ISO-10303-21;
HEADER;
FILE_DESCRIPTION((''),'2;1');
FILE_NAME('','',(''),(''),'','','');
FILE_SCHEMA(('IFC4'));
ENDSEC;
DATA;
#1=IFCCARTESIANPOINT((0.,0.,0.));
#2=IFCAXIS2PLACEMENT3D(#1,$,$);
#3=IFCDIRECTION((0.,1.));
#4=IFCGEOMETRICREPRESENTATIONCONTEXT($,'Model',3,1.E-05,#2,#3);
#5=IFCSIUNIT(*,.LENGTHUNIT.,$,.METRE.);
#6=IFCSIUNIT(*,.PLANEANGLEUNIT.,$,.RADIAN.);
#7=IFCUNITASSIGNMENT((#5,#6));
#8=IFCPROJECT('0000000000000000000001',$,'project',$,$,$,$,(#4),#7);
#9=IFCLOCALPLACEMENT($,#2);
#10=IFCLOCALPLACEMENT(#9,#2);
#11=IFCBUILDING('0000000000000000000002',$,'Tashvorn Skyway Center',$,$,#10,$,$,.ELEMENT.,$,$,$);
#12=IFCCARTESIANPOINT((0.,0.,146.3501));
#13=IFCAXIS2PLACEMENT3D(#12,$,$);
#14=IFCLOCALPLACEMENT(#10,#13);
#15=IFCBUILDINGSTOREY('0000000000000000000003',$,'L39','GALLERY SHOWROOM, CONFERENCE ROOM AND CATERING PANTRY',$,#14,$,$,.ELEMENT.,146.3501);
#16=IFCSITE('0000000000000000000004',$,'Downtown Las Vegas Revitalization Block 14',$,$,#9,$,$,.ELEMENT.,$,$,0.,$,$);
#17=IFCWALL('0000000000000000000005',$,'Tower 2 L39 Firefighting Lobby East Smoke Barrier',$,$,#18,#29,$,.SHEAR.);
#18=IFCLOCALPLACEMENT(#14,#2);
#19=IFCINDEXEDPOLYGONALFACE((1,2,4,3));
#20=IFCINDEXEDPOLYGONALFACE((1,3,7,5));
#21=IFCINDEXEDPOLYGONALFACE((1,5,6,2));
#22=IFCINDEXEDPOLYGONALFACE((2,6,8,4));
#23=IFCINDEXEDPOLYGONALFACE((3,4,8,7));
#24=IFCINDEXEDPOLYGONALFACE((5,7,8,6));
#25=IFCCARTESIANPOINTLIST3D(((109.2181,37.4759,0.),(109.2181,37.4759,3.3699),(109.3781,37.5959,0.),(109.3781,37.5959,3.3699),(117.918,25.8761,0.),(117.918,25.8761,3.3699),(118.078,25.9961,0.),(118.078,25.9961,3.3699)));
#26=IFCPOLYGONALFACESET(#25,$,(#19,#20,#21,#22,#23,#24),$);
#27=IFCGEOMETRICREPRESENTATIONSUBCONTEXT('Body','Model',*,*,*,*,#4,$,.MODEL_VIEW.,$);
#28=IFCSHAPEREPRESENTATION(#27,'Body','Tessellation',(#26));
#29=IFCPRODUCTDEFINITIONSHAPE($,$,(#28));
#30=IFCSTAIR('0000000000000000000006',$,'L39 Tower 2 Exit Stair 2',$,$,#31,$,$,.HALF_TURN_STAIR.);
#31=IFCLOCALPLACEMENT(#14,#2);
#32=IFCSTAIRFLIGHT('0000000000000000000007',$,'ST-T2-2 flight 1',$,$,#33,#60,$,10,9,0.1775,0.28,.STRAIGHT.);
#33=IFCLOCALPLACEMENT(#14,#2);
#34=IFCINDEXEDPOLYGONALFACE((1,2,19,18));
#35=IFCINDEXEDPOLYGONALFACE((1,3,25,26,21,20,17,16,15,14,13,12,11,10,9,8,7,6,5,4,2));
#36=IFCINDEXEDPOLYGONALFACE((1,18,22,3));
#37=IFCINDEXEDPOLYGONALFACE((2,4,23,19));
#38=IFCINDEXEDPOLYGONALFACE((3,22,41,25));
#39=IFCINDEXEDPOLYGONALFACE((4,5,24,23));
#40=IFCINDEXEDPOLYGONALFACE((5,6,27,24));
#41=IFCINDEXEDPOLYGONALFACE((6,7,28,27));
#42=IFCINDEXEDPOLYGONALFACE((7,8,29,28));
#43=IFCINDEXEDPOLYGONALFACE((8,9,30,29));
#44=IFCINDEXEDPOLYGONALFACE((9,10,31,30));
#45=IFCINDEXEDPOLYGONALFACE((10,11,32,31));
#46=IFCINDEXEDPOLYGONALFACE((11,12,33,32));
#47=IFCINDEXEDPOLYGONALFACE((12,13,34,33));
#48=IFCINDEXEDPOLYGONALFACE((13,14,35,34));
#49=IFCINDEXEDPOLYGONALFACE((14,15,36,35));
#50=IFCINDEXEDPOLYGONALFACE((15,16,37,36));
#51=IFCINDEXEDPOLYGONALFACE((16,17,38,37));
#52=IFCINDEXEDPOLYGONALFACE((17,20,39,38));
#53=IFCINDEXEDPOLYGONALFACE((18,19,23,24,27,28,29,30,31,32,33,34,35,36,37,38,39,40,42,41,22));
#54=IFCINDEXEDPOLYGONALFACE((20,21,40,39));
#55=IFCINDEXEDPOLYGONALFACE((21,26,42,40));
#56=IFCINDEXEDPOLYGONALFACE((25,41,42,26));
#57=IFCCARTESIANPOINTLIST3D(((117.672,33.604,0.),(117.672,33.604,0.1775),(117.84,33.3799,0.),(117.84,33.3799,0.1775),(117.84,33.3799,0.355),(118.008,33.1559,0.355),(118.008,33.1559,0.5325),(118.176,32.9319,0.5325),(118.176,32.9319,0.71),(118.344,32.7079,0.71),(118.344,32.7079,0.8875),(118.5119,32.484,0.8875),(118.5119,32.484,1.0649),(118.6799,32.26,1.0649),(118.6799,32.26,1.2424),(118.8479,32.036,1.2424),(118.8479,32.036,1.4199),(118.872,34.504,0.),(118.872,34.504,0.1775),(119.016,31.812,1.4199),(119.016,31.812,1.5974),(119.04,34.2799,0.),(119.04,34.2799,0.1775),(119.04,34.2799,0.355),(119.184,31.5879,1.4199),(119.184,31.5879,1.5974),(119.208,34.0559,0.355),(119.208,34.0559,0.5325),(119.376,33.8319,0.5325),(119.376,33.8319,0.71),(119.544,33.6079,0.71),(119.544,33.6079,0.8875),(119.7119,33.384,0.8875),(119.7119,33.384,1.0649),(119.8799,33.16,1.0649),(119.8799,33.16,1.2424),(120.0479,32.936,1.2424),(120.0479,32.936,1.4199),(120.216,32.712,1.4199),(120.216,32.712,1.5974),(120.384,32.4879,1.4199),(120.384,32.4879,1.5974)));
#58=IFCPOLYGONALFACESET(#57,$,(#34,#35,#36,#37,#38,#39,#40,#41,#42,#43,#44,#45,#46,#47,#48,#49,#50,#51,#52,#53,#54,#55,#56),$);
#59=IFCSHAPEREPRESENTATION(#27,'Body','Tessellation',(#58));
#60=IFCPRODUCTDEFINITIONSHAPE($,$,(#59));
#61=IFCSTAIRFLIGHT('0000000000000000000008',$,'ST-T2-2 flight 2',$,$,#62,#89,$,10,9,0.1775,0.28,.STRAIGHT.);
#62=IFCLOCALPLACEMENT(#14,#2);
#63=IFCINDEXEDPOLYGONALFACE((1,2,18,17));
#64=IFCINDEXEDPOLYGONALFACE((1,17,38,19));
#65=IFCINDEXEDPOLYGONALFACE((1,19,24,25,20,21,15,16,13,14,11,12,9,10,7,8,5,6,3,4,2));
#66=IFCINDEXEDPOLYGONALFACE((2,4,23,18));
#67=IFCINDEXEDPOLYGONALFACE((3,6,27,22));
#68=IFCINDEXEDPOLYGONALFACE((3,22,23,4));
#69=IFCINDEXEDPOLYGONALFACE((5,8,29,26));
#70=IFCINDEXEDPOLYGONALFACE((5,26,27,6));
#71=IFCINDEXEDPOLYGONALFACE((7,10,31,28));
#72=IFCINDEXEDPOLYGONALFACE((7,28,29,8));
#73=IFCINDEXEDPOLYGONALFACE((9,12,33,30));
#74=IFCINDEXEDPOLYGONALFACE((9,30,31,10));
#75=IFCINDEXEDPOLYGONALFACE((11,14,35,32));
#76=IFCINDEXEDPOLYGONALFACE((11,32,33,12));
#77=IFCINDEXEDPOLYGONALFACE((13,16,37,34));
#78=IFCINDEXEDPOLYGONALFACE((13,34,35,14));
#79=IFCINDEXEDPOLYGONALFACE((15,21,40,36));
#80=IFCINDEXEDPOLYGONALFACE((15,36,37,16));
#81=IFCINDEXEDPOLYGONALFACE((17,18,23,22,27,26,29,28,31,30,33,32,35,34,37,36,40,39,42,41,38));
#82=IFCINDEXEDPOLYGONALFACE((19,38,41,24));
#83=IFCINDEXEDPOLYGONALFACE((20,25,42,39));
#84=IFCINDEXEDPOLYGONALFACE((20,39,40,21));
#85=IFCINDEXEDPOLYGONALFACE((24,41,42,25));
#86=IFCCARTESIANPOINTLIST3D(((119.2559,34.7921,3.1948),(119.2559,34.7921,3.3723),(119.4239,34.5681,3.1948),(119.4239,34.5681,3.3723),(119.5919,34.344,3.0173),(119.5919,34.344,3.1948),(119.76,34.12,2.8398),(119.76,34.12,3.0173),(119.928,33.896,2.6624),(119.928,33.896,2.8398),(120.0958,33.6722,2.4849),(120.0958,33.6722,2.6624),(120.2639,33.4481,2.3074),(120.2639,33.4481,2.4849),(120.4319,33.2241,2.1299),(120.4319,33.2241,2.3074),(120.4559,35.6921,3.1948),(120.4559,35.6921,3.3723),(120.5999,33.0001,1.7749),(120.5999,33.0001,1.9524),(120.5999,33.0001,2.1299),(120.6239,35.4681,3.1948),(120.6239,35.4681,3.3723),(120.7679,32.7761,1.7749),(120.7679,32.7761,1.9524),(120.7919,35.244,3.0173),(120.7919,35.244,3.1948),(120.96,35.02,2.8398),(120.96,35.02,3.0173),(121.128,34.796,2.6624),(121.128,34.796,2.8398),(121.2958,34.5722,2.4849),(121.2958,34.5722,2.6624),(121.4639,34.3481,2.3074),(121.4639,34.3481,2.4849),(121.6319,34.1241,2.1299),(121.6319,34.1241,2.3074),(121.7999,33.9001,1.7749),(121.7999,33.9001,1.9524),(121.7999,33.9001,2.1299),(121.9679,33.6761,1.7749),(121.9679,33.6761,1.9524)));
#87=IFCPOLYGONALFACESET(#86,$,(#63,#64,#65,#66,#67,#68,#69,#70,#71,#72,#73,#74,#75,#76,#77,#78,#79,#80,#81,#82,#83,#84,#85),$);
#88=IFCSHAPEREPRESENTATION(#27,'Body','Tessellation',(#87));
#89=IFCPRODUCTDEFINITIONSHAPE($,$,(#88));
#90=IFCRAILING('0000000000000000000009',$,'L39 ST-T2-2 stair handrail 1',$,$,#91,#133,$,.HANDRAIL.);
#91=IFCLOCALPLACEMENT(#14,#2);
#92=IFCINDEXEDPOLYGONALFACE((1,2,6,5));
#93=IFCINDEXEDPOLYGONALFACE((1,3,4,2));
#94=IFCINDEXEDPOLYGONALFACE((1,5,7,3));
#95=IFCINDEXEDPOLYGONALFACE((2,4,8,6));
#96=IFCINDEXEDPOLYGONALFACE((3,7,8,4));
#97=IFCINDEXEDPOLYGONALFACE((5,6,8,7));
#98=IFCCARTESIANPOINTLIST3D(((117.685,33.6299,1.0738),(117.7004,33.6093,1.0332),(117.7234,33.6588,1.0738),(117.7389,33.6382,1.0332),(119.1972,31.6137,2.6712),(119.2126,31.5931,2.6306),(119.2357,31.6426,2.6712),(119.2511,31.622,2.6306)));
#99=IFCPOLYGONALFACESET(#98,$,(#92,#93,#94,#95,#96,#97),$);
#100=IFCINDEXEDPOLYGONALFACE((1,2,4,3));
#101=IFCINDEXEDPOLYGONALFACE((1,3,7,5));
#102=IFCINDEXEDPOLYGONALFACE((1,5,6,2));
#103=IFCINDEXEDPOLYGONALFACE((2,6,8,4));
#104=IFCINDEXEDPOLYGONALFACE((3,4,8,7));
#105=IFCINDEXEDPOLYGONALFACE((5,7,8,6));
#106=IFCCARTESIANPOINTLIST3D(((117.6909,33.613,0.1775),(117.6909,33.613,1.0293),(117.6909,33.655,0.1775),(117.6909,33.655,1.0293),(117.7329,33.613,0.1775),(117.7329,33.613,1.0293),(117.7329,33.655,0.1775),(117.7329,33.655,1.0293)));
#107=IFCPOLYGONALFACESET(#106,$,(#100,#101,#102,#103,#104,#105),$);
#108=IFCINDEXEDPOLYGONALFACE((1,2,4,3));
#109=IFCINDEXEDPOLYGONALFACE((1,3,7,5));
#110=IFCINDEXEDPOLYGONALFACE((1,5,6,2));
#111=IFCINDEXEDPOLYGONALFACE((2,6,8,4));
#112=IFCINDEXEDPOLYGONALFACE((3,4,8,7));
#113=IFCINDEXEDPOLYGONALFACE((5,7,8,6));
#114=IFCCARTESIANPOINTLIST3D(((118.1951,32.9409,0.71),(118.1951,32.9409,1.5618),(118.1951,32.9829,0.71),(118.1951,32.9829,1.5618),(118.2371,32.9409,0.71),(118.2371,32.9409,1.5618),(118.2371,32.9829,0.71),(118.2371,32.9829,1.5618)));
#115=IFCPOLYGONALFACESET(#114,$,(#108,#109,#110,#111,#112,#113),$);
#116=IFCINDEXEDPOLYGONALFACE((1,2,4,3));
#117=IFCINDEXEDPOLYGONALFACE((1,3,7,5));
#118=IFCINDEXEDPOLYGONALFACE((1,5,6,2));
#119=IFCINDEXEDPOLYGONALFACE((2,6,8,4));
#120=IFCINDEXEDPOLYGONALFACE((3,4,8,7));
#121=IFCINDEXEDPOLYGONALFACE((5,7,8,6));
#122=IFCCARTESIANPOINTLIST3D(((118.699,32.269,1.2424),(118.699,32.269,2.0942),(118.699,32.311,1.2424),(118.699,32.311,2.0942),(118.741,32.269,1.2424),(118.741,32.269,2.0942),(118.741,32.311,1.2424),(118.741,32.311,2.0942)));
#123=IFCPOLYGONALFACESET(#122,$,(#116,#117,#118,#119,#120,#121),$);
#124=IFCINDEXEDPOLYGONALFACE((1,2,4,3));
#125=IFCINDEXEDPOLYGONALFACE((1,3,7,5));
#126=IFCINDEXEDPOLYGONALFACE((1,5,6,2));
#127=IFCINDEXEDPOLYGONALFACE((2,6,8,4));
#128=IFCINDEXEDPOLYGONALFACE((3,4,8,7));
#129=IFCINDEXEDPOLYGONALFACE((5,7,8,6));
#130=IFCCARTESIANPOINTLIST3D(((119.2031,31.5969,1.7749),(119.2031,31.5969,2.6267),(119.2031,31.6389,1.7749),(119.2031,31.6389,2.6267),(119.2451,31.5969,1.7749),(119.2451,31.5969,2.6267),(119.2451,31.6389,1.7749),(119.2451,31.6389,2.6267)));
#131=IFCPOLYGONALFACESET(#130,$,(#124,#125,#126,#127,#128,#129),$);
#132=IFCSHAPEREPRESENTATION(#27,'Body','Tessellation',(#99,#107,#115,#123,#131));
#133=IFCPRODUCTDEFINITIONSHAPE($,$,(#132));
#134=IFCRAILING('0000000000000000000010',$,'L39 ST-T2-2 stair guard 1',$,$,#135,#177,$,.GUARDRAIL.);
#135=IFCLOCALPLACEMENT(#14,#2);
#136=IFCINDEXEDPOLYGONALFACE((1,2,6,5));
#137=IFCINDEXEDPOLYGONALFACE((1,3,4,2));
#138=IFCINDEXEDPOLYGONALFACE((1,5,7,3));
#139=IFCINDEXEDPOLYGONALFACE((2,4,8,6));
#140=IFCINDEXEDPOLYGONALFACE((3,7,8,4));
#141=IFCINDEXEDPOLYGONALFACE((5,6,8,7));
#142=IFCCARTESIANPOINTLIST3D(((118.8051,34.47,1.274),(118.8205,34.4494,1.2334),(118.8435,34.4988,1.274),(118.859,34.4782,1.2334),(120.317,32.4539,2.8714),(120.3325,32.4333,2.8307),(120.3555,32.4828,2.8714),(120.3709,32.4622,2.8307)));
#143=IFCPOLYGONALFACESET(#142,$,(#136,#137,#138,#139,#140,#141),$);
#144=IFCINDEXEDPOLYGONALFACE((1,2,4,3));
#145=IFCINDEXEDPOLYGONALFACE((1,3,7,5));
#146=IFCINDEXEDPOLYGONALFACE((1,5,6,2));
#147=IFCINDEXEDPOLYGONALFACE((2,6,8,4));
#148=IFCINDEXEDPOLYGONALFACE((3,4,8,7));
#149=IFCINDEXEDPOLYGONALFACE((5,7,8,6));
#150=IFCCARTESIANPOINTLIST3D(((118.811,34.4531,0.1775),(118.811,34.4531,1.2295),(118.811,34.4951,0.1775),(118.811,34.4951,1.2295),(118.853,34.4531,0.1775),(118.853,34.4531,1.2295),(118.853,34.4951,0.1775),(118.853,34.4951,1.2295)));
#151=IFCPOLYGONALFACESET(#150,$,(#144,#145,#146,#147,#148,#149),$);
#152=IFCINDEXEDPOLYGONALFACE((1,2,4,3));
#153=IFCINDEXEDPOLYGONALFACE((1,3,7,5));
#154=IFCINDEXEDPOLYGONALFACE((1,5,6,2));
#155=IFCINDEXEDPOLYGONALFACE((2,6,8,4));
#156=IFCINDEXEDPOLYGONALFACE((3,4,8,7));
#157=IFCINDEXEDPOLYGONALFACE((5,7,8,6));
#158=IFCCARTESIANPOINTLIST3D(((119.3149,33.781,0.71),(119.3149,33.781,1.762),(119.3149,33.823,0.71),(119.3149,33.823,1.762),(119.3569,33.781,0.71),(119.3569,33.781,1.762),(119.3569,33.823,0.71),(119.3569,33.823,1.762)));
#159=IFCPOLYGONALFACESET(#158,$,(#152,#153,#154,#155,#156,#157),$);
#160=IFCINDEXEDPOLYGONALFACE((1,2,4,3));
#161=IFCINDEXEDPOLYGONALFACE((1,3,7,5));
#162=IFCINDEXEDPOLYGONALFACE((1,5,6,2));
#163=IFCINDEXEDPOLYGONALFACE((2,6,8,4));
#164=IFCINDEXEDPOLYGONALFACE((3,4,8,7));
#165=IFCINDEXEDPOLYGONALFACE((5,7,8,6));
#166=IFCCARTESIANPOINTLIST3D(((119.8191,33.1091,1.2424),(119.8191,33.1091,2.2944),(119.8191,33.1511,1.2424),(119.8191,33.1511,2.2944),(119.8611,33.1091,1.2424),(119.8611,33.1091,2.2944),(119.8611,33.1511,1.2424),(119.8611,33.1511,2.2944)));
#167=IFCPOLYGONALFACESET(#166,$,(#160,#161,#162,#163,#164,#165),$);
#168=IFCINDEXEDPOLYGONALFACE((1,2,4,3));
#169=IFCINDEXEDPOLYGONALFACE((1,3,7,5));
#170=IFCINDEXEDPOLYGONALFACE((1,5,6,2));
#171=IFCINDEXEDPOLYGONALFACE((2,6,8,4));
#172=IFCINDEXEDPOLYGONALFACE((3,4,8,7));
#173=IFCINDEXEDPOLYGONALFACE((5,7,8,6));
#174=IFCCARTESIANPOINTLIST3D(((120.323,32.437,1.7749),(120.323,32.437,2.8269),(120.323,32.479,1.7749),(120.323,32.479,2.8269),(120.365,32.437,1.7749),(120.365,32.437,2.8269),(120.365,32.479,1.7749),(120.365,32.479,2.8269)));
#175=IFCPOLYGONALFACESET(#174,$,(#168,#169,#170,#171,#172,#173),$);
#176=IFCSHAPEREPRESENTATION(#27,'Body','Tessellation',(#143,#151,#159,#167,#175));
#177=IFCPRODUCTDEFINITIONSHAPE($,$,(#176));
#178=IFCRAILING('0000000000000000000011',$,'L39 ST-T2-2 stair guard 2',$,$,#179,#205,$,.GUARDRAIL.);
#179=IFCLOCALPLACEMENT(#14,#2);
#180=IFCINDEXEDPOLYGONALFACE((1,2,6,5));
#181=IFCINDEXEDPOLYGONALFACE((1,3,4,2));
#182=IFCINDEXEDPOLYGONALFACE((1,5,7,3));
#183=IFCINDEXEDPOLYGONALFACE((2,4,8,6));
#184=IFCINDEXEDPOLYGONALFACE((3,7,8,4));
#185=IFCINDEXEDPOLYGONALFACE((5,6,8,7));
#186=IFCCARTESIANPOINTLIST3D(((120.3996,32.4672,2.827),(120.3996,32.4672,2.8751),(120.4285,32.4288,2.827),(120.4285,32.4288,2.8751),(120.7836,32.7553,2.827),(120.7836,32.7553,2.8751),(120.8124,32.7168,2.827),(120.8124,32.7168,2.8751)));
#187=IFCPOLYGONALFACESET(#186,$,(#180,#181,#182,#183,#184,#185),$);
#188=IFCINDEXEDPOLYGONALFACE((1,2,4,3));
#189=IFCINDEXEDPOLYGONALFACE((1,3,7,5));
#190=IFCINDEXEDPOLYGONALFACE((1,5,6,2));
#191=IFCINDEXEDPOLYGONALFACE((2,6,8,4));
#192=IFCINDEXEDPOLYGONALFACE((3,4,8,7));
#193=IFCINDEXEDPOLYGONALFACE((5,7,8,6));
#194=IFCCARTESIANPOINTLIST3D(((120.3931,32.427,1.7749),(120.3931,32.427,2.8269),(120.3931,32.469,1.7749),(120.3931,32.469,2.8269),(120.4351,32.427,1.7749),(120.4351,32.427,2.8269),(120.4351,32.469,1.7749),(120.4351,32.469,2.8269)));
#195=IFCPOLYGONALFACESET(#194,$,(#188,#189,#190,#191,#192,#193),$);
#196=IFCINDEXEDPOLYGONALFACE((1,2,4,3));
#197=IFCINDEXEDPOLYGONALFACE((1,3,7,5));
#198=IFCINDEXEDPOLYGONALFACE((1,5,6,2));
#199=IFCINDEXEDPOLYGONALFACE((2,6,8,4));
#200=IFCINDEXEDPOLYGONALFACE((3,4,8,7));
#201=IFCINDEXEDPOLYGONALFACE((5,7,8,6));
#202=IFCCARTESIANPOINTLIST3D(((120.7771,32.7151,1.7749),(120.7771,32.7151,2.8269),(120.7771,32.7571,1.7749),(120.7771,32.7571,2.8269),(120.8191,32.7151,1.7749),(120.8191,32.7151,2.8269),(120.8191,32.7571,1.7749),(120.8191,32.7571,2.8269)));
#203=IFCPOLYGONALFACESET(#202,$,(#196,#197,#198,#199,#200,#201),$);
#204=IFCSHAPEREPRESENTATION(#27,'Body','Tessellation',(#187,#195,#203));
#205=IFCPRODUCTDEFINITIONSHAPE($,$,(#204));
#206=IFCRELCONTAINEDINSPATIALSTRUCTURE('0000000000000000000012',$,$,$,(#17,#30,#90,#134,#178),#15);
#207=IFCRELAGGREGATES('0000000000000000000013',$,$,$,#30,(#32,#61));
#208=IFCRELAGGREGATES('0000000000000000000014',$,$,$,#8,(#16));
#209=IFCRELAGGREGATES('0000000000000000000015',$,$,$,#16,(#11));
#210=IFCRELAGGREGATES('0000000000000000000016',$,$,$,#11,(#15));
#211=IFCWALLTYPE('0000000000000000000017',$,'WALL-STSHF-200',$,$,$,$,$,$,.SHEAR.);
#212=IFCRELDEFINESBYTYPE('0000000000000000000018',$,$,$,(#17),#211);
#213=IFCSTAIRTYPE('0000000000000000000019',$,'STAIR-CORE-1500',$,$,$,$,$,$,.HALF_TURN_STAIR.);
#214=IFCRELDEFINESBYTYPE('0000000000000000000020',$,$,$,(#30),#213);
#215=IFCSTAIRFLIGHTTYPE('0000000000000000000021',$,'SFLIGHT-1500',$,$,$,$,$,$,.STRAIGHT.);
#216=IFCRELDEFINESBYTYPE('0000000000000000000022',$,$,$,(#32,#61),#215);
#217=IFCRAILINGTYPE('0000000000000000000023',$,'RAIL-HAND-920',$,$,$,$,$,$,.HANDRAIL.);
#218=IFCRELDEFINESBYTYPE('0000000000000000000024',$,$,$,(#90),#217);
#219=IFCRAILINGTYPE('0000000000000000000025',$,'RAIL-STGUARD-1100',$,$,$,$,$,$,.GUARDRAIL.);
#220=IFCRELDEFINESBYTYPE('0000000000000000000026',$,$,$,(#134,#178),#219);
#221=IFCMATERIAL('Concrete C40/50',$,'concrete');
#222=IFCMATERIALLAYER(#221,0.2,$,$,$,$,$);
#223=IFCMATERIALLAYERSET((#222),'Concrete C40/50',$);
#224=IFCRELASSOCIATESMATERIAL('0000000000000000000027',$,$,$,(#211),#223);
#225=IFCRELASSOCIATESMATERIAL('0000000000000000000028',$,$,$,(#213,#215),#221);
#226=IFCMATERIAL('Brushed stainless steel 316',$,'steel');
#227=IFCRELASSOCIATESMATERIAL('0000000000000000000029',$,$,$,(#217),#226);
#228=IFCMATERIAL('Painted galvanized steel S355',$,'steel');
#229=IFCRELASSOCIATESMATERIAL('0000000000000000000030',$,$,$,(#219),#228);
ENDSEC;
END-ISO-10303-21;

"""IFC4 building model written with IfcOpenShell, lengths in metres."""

from ifc_helpers import new_model, si_unit, direction, frame, frame_2d, origin, origin_2d, place, context, subcontext, project, spatial, polyline, rectangle, outline, extrude, material, layer, layer_set, type_object, element, aggregate, save


model = new_model("IFC4")

# Units and contexts
model_context = context("Model", 3, precision=1e-05, world=origin(), true_north=direction((0.0, 1.0)))
body_context = subcontext(model_context, "Body", "Model", "MODEL_VIEW")
ifc_project = project(units=[si_unit("LENGTHUNIT", "METRE"), si_unit("PLANEANGLEUNIT", "RADIAN")], contexts=[model_context])

# Site, building, storey
site_placement = place(None, origin())
site = spatial("IfcSite", under=ifc_project, at=site_placement, Name="Downtown Las Vegas Revitalization Block 14", CompositionType="ELEMENT", RefElevation=0.0)
building_placement = place(site_placement, origin())
building = spatial("IfcBuilding", under=site, at=building_placement, Name="Tashvorn Skyway Center", CompositionType="ELEMENT")
storey_placement = place(building_placement, frame((0.0, 0.0, 146.3501)))
storey = spatial("IfcBuildingStorey", under=building, at=storey_placement, Name="L39", Description="GALLERY SHOWROOM, CONFERENCE ROOM AND CATERING PANTRY", CompositionType="ELEMENT", Elevation=146.3501)

# Shared definitions
ifc_material_1 = material(Name="Concrete C40/50", Category="concrete")

# Wall
ifc_layer_1 = layer(ifc_material_1, 0.2)
ifc_layer_set_1 = layer_set([ifc_layer_1], Name="Concrete C40/50")
wall_type_1 = type_object("IfcWallType", Name="WALL-STSHF-200", PredefinedType="SHEAR", material=ifc_layer_set_1)
wall_1_placement = place(storey_placement, frame((117.998, 25.936, 0.0), z_axis=(0.0, 0.0, 1.0), x_axis=(-0.600003, 0.799998, 0.0)))
element("IfcWall", 1, at=wall_1_placement, inside=storey, type_object=wall_type_1, Name="Tower 2 L39 Firefighting Lobby East Smoke Barrier", PredefinedType="SHEAR", context=body_context, shape_type="SweptSolid", body=[
    extrude(rectangle(XDim=14.4998, YDim=0.2, at=frame_2d((7.25, 0.0))), origin(), (0.0, 0.0, 1.0), 3.3699),
])

# Stair, stair flights
stair_type = type_object("IfcStairType", Name="STAIR-CORE-1500", PredefinedType="HALF_TURN_STAIR", material=ifc_material_1)
stair_placement = place(storey_placement, origin())
stair = element("IfcStair", 2, at=stair_placement, inside=storey, type_object=stair_type, Name="L39 Tower 2 Exit Stair 2", PredefinedType="HALF_TURN_STAIR")
stair_flight_type = type_object("IfcStairFlightType", Name="SFLIGHT-1500", PredefinedType="STRAIGHT", material=ifc_material_1)
stair_flight_1_placement = place(storey_placement, frame((118.272, 34.054, 0.0), z_axis=(0.0, 0.0, 1.0), x_axis=(0.6, -0.8, 0.0)))
stair_flight_1 = element("IfcStairFlight", 3, at=stair_flight_1_placement, type_object=stair_flight_type, Name="ST-T2-2 flight 1", NumberOfRisers=10, NumberOfTreads=9, PredefinedType="STRAIGHT", RiserHeight=0.1775, TreadLength=0.28, context=body_context, shape_type="SweptSolid", body=[
    extrude(outline(polyline([(0.0, 0.0), (0.0, 0.1775), (0.28, 0.1775), (0.28, 0.355), (0.5601, 0.355), (0.5601, 0.5325), (0.8401, 0.5325), (0.8401, 0.71), (1.1201, 0.71), (1.1201, 0.8875), (1.3999, 0.8875), (1.3999, 1.0649), (1.6799, 1.0649), (1.6799, 1.2424), (1.96, 1.2424), (1.96, 1.4199), (2.24, 1.4199), (2.24, 1.5974), (2.52, 1.5974), (2.52, 1.7749), (2.52, 1.4199), (0.28, 0.0), (0.0, 0.0)])), frame((0.0, 0.75, 0.0), z_axis=(0.0, -1.0, 0.0), x_axis=(1.0, 0.0, 0.0)), (0.0, 0.0, 1.0), 1.5),
])
stair_flight_2_placement = place(storey_placement, frame((121.3679, 33.2261, 1.7749), z_axis=(0.0, 0.0, 1.0), x_axis=(-0.6, 0.8, 0.0)))
stair_flight_2 = element("IfcStairFlight", 4, at=stair_flight_2_placement, type_object=stair_flight_type, Name="ST-T2-2 flight 2", NumberOfRisers=10, NumberOfTreads=9, PredefinedType="STRAIGHT", RiserHeight=0.1775, TreadLength=0.28, context=body_context, shape_type="SweptSolid", body=[
    extrude(outline(polyline([(0.0, 0.0), (0.0, 0.1775), (0.28, 0.1775), (0.28, 0.355), (0.5601, 0.355), (0.5601, 0.5325), (0.8401, 0.5325), (0.8401, 0.71), (1.1201, 0.71), (1.1201, 0.8875), (1.3999, 0.8875), (1.3999, 1.0649), (1.6799, 1.0649), (1.6799, 1.2424), (1.96, 1.2424), (1.96, 1.4199), (2.24, 1.4199), (2.24, 1.5974), (2.52, 1.5974), (2.52, 1.7749), (2.52, 1.4199), (0.28, 0.0), (0.0, 0.0)])), frame((0.0, 0.75, 0.0), z_axis=(0.0, -1.0, 0.0), x_axis=(1.0, 0.0, 0.0)), (0.0, 0.0, 1.0), 1.5),
])
aggregate(stair, [stair_flight_1, stair_flight_2])

# Railings
ifc_material_2 = material(Name="Brushed stainless steel 316", Category="steel")
railing_type_1 = type_object("IfcRailingType", Name="RAIL-HAND-920", PredefinedType="HANDRAIL", material=ifc_material_2)
railing_1_placement = place(storey_placement, frame((117.7119, 33.634, 0.1775)))
element("IfcRailing", 5, at=railing_1_placement, inside=storey, type_object=railing_type_1, Name="L39 ST-T2-2 stair handrail 1", PredefinedType="HANDRAIL", context=body_context, shape_type="SweptSolid", body=[
    extrude(rectangle(XDim=0.0481, YDim=0.0481, at=origin_2d()), frame((0.0, 0.0, 0.876), z_axis=(0.506802, -0.675681, 0.535357), x_axis=(0.799977, 0.600031, 0.0)), (0.0, 0.0, 1.0), 2.9839),
    extrude(rectangle(XDim=0.042, YDim=0.042, at=origin_2d()), origin(), (0.0, 0.0, 1.0), 0.8518),
    extrude(rectangle(XDim=0.042, YDim=0.042, at=origin_2d()), frame((0.5042, -0.6721, 0.5325)), (0.0, 0.0, 1.0), 0.8518),
    extrude(rectangle(XDim=0.042, YDim=0.042, at=origin_2d()), frame((1.0081, -1.344, 1.0649)), (0.0, 0.0, 1.0), 0.8518),
    extrude(rectangle(XDim=0.042, YDim=0.042, at=origin_2d()), frame((1.5122, -2.0161, 1.5974)), (0.0, 0.0, 1.0), 0.8518),
])
ifc_material_3 = material(Name="Painted galvanized steel S355", Category="steel")
railing_type_2 = type_object("IfcRailingType", Name="RAIL-STGUARD-1100", PredefinedType="GUARDRAIL", material=ifc_material_3)
railing_2_placement = place(storey_placement, frame((118.832, 34.4741, 0.1775)))
element("IfcRailing", 6, at=railing_2_placement, inside=storey, type_object=railing_type_2, Name="L39 ST-T2-2 stair guard 1", PredefinedType="GUARDRAIL", context=body_context, shape_type="SweptSolid", body=[
    extrude(rectangle(XDim=0.0481, YDim=0.0481, at=origin_2d()), frame((0.0, 0.0, 1.0762), z_axis=(0.506741, -0.675709, 0.535379), x_axis=(0.800023, 0.599969, 0.0)), (0.0, 0.0, 1.0), 2.9836),
    extrude(rectangle(XDim=0.042, YDim=0.042, at=origin_2d()), origin(), (0.0, 0.0, 1.0), 1.052),
    extrude(rectangle(XDim=0.042, YDim=0.042, at=origin_2d()), frame((0.5039, -0.6721, 0.5325)), (0.0, 0.0, 1.0), 1.052),
    extrude(rectangle(XDim=0.042, YDim=0.042, at=origin_2d()), frame((1.0081, -1.344, 1.0649)), (0.0, 0.0, 1.0), 1.052),
    extrude(rectangle(XDim=0.042, YDim=0.042, at=origin_2d()), frame((1.512, -2.0161, 1.5974)), (0.0, 0.0, 1.0), 1.052),
])
railing_3_placement = place(storey_placement, frame((120.4141, 32.448, 1.7749)))
element("IfcRailing", 7, at=railing_3_placement, inside=storey, type_object=railing_type_2, Name="L39 ST-T2-2 stair guard 2", PredefinedType="GUARDRAIL", context=body_context, shape_type="SweptSolid", body=[
    extrude(rectangle(XDim=0.0481, YDim=0.0481, at=origin_2d()), frame((0.0, 0.0, 1.0762), z_axis=(0.799939, 0.600081, 0.0), x_axis=(-0.600081, 0.799939, 0.0)), (0.0, 0.0, 1.0), 0.48),
    extrude(rectangle(XDim=0.042, YDim=0.042, at=origin_2d()), origin(), (0.0, 0.0, 1.0), 1.052),
    extrude(rectangle(XDim=0.042, YDim=0.042, at=origin_2d()), frame((0.384, 0.2881, 0.0)), (0.0, 0.0, 1.0), 1.052),
])

save(model, "model.ifc")
